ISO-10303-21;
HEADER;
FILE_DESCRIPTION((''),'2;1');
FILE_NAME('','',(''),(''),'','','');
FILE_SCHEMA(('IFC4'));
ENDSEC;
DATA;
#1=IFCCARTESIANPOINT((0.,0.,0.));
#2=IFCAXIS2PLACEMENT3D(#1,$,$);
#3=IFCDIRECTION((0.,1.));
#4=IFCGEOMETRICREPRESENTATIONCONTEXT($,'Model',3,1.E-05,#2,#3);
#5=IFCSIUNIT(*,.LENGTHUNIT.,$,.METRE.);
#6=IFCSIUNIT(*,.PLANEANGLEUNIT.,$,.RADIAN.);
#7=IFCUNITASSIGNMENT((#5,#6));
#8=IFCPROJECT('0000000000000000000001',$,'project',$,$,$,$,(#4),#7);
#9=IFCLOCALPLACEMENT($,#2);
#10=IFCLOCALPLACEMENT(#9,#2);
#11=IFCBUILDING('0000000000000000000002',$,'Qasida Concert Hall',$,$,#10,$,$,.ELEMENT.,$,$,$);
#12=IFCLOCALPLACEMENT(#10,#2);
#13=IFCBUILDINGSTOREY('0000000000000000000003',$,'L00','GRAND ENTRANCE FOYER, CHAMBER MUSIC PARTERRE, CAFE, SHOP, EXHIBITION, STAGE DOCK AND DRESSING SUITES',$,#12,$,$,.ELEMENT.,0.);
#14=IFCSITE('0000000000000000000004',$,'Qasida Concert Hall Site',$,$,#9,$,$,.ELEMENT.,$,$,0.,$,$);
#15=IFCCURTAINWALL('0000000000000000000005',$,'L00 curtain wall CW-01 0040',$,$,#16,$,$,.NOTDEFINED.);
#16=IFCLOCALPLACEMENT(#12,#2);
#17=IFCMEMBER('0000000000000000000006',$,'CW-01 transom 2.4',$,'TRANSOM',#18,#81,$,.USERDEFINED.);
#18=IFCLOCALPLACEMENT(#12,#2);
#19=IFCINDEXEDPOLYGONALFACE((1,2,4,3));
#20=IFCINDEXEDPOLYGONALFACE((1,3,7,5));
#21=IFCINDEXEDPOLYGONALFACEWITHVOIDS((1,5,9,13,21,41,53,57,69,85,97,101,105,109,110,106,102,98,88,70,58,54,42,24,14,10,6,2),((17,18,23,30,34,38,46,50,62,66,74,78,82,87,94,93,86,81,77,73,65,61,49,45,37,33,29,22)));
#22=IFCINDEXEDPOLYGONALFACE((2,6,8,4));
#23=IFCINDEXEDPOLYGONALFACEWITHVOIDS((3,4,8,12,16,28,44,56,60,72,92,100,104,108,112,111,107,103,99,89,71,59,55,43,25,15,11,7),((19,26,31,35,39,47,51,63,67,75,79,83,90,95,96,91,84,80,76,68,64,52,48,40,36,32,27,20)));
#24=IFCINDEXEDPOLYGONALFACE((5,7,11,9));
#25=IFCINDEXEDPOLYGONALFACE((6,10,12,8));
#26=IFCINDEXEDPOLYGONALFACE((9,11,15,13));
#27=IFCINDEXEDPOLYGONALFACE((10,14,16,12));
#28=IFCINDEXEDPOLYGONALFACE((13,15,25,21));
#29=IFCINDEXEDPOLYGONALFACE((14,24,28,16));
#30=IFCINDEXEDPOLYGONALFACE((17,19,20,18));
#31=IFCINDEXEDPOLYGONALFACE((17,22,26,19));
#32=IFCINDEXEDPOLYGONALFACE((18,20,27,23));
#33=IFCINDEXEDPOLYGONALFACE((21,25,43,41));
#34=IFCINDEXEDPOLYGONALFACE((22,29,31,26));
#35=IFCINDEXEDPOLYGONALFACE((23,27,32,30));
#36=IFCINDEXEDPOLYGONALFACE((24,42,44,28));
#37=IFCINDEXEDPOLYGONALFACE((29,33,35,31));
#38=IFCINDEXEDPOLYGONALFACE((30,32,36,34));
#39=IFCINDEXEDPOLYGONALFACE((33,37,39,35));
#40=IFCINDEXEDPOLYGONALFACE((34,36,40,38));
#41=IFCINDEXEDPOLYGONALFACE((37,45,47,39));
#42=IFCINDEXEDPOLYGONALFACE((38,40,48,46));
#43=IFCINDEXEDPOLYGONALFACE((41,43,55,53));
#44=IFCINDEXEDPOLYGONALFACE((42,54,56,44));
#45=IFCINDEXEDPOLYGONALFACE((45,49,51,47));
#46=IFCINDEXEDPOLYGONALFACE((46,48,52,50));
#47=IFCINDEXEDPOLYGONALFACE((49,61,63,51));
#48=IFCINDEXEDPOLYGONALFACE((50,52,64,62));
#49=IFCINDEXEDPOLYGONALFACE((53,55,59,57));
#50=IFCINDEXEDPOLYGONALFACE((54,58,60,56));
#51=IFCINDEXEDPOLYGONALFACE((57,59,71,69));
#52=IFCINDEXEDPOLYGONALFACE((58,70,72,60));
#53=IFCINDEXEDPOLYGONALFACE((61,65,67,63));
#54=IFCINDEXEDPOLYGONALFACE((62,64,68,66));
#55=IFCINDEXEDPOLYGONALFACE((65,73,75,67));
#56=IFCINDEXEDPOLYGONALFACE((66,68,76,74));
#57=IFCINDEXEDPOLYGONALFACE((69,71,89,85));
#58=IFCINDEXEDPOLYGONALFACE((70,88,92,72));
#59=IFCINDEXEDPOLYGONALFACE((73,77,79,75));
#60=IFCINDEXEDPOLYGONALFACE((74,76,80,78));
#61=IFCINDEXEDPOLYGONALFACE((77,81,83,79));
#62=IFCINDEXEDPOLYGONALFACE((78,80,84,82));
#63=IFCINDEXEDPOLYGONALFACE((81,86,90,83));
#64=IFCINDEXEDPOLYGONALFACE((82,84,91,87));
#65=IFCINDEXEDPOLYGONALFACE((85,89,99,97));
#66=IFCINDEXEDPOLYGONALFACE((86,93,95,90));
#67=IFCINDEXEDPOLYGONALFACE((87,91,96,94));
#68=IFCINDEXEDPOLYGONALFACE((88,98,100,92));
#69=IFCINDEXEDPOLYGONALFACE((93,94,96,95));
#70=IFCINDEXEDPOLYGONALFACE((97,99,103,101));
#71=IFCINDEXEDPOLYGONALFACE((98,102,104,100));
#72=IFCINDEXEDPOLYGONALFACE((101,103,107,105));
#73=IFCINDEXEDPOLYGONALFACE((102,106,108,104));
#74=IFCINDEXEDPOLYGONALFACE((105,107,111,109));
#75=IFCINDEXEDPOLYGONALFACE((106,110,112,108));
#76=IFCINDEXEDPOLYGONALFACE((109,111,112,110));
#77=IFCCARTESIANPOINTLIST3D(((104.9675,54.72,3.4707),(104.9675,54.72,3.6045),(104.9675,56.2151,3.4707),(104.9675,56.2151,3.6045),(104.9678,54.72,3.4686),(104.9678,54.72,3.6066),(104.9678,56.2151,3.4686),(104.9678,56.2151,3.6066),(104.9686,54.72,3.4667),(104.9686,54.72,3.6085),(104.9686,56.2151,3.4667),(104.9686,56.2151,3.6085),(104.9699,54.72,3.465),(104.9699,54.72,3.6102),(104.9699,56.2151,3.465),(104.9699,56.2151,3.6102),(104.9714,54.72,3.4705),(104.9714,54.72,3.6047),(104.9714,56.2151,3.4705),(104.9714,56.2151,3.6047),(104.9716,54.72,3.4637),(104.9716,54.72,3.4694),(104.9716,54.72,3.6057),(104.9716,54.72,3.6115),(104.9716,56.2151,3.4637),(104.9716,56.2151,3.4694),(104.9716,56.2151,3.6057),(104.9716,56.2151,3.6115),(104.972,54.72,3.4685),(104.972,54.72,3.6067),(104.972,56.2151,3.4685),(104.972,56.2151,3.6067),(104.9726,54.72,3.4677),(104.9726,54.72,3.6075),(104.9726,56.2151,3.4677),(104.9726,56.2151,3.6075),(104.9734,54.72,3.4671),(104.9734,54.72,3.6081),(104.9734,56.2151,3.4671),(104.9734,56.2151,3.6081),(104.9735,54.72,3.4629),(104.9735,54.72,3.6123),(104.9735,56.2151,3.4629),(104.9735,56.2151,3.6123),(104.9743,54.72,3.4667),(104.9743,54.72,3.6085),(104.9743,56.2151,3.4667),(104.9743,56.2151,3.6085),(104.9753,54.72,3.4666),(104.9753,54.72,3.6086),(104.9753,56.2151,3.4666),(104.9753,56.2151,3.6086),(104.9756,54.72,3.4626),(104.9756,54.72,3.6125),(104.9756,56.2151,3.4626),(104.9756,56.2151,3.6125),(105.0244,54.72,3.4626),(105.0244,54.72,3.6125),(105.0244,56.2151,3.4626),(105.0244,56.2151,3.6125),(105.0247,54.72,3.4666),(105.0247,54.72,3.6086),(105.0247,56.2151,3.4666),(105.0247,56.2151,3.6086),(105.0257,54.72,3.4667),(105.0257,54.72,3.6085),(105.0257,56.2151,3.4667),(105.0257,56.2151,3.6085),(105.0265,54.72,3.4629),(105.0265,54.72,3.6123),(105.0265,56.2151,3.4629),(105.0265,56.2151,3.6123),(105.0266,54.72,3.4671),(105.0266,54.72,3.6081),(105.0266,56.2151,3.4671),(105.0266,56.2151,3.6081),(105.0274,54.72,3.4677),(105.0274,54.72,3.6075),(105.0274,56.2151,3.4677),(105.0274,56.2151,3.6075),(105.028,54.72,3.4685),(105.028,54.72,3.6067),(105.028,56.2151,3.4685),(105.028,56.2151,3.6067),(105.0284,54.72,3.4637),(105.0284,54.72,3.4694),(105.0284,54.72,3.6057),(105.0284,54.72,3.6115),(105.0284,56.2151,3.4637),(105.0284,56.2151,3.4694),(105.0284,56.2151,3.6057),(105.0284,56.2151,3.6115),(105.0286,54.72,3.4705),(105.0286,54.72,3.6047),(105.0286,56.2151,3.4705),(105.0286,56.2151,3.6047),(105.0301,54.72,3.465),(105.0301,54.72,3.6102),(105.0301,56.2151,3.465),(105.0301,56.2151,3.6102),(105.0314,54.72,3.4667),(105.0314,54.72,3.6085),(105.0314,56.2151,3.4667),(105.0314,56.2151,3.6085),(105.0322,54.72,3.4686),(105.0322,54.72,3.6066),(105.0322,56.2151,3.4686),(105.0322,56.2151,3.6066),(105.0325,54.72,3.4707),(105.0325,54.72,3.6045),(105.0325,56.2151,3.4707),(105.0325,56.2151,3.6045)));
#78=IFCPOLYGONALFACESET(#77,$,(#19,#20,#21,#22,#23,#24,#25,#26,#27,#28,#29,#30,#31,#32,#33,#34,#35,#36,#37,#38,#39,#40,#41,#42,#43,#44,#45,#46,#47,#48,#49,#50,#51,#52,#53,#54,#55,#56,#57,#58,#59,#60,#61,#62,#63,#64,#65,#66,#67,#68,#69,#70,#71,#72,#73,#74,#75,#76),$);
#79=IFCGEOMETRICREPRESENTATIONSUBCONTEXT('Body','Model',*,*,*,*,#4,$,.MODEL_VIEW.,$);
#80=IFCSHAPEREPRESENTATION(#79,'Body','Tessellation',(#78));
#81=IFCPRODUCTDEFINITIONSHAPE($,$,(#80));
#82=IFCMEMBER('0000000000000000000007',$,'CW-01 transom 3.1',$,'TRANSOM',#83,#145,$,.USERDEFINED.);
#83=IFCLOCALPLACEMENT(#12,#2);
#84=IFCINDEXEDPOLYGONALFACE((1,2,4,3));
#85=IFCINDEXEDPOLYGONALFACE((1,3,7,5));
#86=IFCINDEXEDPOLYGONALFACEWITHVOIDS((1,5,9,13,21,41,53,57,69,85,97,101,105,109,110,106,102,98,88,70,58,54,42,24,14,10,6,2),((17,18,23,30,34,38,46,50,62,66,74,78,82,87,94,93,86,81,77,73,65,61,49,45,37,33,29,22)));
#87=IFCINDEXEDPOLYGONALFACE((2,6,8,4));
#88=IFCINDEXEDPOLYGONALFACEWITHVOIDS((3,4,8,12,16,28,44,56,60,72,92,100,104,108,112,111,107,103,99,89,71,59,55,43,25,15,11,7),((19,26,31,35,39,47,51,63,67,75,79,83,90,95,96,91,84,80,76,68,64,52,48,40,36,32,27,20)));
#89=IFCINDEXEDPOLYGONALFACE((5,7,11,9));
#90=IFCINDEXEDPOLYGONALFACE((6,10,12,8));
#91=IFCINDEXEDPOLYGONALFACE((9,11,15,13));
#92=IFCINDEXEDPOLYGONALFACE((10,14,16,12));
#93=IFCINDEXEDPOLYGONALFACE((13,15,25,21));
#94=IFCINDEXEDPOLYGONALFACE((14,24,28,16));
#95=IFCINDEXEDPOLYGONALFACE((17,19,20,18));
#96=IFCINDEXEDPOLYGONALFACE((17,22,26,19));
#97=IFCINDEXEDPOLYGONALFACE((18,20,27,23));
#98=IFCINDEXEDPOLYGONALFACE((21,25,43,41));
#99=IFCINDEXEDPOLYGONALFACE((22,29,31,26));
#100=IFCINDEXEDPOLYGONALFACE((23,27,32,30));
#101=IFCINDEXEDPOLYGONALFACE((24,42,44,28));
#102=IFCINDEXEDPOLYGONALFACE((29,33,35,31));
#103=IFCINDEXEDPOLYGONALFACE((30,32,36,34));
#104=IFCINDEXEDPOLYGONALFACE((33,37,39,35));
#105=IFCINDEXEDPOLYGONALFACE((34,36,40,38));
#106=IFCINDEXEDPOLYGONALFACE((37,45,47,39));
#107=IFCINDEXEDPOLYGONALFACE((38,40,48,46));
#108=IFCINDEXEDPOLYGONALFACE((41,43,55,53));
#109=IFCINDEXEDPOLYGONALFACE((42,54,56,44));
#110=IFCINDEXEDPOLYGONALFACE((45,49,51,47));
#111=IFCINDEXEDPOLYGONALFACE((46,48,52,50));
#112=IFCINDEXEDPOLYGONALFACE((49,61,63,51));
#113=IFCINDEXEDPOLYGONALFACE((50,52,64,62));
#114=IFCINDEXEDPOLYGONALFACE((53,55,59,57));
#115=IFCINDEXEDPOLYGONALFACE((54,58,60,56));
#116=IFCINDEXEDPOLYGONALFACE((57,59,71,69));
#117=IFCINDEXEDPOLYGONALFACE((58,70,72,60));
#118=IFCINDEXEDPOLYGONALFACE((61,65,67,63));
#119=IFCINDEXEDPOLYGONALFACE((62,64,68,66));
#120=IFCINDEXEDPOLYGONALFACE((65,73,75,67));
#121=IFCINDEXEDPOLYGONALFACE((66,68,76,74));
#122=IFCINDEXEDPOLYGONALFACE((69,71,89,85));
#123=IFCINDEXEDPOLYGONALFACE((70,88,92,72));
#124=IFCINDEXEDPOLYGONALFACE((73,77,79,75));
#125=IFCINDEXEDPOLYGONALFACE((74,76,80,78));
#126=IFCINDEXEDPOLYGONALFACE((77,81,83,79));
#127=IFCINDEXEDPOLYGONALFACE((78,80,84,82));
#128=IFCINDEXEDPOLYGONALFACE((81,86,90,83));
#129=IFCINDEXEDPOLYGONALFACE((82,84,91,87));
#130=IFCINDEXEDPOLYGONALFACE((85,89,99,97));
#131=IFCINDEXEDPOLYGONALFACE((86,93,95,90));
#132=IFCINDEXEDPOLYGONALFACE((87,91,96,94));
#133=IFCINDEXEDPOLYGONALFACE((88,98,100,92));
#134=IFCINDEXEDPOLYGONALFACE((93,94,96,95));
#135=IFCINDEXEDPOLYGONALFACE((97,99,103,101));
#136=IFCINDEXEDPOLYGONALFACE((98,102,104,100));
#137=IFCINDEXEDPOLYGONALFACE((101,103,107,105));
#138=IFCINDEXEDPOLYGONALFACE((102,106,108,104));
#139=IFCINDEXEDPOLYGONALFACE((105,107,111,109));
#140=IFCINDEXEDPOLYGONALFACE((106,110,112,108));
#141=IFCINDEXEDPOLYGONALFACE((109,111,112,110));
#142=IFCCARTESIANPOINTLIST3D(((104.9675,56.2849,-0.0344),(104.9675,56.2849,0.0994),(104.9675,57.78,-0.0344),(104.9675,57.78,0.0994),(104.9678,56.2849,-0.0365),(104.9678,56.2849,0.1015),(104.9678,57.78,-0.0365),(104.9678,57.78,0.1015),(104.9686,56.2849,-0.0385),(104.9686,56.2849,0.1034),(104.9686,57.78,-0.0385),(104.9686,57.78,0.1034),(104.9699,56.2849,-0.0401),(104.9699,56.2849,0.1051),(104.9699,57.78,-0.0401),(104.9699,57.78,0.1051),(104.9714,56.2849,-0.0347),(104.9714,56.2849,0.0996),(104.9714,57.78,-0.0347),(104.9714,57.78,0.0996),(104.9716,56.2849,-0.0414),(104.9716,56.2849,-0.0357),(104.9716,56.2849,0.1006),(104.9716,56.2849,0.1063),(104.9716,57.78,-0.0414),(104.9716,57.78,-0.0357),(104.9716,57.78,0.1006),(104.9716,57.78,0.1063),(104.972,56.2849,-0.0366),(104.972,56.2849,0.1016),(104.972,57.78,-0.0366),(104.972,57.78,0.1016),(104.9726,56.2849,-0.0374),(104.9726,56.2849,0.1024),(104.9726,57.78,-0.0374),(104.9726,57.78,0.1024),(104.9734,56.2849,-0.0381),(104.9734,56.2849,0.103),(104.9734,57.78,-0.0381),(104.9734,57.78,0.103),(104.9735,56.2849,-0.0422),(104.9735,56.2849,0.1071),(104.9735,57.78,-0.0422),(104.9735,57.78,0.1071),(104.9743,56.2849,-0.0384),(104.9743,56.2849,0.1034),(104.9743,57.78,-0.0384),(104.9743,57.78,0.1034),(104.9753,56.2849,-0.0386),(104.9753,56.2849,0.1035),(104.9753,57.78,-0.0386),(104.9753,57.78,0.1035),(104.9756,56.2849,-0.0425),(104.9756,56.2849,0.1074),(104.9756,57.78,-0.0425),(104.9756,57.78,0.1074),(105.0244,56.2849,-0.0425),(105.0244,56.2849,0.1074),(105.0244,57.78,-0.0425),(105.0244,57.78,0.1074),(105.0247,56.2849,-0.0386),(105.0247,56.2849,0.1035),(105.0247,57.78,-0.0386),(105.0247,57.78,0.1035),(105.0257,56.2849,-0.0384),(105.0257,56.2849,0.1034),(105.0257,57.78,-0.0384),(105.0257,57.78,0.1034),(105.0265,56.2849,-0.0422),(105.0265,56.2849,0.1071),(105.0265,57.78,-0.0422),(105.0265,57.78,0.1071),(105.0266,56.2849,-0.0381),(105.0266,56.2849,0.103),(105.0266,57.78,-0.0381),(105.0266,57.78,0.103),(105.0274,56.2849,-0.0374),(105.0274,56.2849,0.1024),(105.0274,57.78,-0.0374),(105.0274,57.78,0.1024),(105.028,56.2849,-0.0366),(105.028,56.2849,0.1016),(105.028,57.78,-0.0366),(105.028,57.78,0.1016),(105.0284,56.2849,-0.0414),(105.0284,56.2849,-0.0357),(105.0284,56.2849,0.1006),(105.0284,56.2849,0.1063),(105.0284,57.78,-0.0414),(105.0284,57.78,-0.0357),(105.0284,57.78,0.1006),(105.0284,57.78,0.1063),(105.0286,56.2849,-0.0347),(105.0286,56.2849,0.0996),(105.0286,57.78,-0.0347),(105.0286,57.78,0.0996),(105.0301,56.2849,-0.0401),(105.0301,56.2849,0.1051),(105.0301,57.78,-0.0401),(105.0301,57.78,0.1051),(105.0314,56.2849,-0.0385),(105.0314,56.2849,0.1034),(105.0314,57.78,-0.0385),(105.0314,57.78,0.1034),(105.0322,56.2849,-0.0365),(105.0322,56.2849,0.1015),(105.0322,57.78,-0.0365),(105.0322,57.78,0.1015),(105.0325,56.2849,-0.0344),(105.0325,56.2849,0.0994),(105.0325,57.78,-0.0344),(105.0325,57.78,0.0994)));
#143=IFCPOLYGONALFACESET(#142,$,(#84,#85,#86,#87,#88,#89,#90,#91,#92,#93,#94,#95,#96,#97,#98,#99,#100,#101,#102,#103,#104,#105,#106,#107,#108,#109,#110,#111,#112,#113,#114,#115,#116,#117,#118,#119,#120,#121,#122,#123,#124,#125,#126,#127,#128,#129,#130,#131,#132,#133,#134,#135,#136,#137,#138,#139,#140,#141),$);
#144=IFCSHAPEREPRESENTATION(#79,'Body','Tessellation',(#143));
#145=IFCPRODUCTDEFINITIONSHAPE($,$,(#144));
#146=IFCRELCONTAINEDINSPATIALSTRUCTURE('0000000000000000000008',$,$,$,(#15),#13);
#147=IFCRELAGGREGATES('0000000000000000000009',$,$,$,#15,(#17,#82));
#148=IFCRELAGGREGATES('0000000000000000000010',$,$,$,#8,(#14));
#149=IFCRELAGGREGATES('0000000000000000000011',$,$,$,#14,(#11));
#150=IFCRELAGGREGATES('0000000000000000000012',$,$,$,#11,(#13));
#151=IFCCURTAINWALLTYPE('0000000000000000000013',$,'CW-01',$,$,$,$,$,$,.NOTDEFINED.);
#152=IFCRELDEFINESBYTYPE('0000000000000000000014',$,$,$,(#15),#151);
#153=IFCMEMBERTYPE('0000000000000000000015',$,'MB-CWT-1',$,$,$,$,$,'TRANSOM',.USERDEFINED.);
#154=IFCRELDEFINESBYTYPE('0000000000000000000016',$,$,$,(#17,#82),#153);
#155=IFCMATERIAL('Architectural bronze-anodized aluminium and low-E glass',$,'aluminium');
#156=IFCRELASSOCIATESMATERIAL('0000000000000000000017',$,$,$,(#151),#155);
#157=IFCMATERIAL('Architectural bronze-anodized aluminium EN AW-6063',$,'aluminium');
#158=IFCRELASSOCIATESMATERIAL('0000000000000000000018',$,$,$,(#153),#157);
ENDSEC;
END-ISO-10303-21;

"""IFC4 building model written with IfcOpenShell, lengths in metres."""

from ifc_helpers import new_model, si_unit, direction, frame, origin, origin_2d, place, context, subcontext, project, spatial, hollow_rectangle, extrude, material, material_profile, profile_set, type_object, element, aggregate, save


model = new_model("IFC4")

# Units and contexts
model_context = context("Model", 3, precision=1e-05, world=origin(), true_north=direction((0.0, 1.0)))
body_context = subcontext(model_context, "Body", "Model", "MODEL_VIEW")
ifc_project = project(units=[si_unit("LENGTHUNIT", "METRE"), si_unit("PLANEANGLEUNIT", "RADIAN")], contexts=[model_context])

# Site, building, storey
site_placement = place(None, origin())
site = spatial("IfcSite", under=ifc_project, at=site_placement, Name="Qasida Concert Hall Site", CompositionType="ELEMENT", RefElevation=0.0)
building_placement = place(site_placement, origin())
building = spatial("IfcBuilding", under=site, at=building_placement, Name="Qasida Concert Hall", CompositionType="ELEMENT")
storey_placement = place(building_placement, origin())
storey = spatial("IfcBuildingStorey", under=building, at=storey_placement, Name="L00", Description="GRAND ENTRANCE FOYER, CHAMBER MUSIC PARTERRE, CAFE, SHOP, EXHIBITION, STAGE DOCK AND DRESSING SUITES", CompositionType="ELEMENT", Elevation=0.0)

# Curtain wall, members
ifc_material_1 = material(Name="Architectural bronze-anodized aluminium and low-E glass", Category="aluminium")
curtain_wall_type = type_object("IfcCurtainWallType", Name="CW-01", PredefinedType="NOTDEFINED", material=ifc_material_1)
curtain_wall_placement = place(storey_placement, origin())
curtain_wall = element("IfcCurtainWall", 1, at=curtain_wall_placement, inside=storey, type_object=curtain_wall_type, Name="L00 curtain wall CW-01 0040", PredefinedType="NOTDEFINED")
ifc_material_2 = material(Name="Architectural bronze-anodized aluminium EN AW-6063", Category="aluminium")
ifc_material_profile_1 = material_profile(ifc_material_2, hollow_rectangle(XDim=0.0649, YDim=0.1499, WallThickness=0.0039, InnerFilletRadius=0.0039, OuterFilletRadius=0.0081, at=origin_2d()), Name="CWT 150x65x4")
ifc_profile_set_1 = profile_set([ifc_material_profile_1], Name="Architectural bronze-anodized aluminium EN AW-6063")
member_type_1 = type_object("IfcMemberType", Name="MB-CWT-1", ElementType="TRANSOM", PredefinedType="USERDEFINED", material=ifc_profile_set_1)
member_1_placement = place(storey_placement, frame((105.0, 54.72, 3.5376), z_axis=(0.0, 1.0, 0.0), x_axis=(-1.0, 0.0, 0.0)))
member_1 = element("IfcMember", 2, at=member_1_placement, type_object=member_type_1, Name="CW-01 transom 2.4", ObjectType="TRANSOM", PredefinedType="USERDEFINED", context=body_context, shape_type="SweptSolid", body=[
    extrude(hollow_rectangle(XDim=0.0649, YDim=0.1499, WallThickness=0.0039, InnerFilletRadius=0.0039, OuterFilletRadius=0.0081, at=origin_2d()), origin(), (0.0, 0.0, 1.0), 1.4951),
])
member_2_placement = place(storey_placement, frame((105.0, 56.2849, 0.0325), z_axis=(0.0, 1.0, 0.0), x_axis=(-1.0, 0.0, 0.0)))
member_2 = element("IfcMember", 3, at=member_2_placement, type_object=member_type_1, Name="CW-01 transom 3.1", ObjectType="TRANSOM", PredefinedType="USERDEFINED", context=body_context, shape_type="SweptSolid", body=[
    extrude(hollow_rectangle(XDim=0.0649, YDim=0.1499, WallThickness=0.0039, InnerFilletRadius=0.0039, OuterFilletRadius=0.0081, at=origin_2d()), origin(), (0.0, 0.0, 1.0), 1.4951),
])
aggregate(curtain_wall, [member_1, member_2])

save(model, "model.ifc")
